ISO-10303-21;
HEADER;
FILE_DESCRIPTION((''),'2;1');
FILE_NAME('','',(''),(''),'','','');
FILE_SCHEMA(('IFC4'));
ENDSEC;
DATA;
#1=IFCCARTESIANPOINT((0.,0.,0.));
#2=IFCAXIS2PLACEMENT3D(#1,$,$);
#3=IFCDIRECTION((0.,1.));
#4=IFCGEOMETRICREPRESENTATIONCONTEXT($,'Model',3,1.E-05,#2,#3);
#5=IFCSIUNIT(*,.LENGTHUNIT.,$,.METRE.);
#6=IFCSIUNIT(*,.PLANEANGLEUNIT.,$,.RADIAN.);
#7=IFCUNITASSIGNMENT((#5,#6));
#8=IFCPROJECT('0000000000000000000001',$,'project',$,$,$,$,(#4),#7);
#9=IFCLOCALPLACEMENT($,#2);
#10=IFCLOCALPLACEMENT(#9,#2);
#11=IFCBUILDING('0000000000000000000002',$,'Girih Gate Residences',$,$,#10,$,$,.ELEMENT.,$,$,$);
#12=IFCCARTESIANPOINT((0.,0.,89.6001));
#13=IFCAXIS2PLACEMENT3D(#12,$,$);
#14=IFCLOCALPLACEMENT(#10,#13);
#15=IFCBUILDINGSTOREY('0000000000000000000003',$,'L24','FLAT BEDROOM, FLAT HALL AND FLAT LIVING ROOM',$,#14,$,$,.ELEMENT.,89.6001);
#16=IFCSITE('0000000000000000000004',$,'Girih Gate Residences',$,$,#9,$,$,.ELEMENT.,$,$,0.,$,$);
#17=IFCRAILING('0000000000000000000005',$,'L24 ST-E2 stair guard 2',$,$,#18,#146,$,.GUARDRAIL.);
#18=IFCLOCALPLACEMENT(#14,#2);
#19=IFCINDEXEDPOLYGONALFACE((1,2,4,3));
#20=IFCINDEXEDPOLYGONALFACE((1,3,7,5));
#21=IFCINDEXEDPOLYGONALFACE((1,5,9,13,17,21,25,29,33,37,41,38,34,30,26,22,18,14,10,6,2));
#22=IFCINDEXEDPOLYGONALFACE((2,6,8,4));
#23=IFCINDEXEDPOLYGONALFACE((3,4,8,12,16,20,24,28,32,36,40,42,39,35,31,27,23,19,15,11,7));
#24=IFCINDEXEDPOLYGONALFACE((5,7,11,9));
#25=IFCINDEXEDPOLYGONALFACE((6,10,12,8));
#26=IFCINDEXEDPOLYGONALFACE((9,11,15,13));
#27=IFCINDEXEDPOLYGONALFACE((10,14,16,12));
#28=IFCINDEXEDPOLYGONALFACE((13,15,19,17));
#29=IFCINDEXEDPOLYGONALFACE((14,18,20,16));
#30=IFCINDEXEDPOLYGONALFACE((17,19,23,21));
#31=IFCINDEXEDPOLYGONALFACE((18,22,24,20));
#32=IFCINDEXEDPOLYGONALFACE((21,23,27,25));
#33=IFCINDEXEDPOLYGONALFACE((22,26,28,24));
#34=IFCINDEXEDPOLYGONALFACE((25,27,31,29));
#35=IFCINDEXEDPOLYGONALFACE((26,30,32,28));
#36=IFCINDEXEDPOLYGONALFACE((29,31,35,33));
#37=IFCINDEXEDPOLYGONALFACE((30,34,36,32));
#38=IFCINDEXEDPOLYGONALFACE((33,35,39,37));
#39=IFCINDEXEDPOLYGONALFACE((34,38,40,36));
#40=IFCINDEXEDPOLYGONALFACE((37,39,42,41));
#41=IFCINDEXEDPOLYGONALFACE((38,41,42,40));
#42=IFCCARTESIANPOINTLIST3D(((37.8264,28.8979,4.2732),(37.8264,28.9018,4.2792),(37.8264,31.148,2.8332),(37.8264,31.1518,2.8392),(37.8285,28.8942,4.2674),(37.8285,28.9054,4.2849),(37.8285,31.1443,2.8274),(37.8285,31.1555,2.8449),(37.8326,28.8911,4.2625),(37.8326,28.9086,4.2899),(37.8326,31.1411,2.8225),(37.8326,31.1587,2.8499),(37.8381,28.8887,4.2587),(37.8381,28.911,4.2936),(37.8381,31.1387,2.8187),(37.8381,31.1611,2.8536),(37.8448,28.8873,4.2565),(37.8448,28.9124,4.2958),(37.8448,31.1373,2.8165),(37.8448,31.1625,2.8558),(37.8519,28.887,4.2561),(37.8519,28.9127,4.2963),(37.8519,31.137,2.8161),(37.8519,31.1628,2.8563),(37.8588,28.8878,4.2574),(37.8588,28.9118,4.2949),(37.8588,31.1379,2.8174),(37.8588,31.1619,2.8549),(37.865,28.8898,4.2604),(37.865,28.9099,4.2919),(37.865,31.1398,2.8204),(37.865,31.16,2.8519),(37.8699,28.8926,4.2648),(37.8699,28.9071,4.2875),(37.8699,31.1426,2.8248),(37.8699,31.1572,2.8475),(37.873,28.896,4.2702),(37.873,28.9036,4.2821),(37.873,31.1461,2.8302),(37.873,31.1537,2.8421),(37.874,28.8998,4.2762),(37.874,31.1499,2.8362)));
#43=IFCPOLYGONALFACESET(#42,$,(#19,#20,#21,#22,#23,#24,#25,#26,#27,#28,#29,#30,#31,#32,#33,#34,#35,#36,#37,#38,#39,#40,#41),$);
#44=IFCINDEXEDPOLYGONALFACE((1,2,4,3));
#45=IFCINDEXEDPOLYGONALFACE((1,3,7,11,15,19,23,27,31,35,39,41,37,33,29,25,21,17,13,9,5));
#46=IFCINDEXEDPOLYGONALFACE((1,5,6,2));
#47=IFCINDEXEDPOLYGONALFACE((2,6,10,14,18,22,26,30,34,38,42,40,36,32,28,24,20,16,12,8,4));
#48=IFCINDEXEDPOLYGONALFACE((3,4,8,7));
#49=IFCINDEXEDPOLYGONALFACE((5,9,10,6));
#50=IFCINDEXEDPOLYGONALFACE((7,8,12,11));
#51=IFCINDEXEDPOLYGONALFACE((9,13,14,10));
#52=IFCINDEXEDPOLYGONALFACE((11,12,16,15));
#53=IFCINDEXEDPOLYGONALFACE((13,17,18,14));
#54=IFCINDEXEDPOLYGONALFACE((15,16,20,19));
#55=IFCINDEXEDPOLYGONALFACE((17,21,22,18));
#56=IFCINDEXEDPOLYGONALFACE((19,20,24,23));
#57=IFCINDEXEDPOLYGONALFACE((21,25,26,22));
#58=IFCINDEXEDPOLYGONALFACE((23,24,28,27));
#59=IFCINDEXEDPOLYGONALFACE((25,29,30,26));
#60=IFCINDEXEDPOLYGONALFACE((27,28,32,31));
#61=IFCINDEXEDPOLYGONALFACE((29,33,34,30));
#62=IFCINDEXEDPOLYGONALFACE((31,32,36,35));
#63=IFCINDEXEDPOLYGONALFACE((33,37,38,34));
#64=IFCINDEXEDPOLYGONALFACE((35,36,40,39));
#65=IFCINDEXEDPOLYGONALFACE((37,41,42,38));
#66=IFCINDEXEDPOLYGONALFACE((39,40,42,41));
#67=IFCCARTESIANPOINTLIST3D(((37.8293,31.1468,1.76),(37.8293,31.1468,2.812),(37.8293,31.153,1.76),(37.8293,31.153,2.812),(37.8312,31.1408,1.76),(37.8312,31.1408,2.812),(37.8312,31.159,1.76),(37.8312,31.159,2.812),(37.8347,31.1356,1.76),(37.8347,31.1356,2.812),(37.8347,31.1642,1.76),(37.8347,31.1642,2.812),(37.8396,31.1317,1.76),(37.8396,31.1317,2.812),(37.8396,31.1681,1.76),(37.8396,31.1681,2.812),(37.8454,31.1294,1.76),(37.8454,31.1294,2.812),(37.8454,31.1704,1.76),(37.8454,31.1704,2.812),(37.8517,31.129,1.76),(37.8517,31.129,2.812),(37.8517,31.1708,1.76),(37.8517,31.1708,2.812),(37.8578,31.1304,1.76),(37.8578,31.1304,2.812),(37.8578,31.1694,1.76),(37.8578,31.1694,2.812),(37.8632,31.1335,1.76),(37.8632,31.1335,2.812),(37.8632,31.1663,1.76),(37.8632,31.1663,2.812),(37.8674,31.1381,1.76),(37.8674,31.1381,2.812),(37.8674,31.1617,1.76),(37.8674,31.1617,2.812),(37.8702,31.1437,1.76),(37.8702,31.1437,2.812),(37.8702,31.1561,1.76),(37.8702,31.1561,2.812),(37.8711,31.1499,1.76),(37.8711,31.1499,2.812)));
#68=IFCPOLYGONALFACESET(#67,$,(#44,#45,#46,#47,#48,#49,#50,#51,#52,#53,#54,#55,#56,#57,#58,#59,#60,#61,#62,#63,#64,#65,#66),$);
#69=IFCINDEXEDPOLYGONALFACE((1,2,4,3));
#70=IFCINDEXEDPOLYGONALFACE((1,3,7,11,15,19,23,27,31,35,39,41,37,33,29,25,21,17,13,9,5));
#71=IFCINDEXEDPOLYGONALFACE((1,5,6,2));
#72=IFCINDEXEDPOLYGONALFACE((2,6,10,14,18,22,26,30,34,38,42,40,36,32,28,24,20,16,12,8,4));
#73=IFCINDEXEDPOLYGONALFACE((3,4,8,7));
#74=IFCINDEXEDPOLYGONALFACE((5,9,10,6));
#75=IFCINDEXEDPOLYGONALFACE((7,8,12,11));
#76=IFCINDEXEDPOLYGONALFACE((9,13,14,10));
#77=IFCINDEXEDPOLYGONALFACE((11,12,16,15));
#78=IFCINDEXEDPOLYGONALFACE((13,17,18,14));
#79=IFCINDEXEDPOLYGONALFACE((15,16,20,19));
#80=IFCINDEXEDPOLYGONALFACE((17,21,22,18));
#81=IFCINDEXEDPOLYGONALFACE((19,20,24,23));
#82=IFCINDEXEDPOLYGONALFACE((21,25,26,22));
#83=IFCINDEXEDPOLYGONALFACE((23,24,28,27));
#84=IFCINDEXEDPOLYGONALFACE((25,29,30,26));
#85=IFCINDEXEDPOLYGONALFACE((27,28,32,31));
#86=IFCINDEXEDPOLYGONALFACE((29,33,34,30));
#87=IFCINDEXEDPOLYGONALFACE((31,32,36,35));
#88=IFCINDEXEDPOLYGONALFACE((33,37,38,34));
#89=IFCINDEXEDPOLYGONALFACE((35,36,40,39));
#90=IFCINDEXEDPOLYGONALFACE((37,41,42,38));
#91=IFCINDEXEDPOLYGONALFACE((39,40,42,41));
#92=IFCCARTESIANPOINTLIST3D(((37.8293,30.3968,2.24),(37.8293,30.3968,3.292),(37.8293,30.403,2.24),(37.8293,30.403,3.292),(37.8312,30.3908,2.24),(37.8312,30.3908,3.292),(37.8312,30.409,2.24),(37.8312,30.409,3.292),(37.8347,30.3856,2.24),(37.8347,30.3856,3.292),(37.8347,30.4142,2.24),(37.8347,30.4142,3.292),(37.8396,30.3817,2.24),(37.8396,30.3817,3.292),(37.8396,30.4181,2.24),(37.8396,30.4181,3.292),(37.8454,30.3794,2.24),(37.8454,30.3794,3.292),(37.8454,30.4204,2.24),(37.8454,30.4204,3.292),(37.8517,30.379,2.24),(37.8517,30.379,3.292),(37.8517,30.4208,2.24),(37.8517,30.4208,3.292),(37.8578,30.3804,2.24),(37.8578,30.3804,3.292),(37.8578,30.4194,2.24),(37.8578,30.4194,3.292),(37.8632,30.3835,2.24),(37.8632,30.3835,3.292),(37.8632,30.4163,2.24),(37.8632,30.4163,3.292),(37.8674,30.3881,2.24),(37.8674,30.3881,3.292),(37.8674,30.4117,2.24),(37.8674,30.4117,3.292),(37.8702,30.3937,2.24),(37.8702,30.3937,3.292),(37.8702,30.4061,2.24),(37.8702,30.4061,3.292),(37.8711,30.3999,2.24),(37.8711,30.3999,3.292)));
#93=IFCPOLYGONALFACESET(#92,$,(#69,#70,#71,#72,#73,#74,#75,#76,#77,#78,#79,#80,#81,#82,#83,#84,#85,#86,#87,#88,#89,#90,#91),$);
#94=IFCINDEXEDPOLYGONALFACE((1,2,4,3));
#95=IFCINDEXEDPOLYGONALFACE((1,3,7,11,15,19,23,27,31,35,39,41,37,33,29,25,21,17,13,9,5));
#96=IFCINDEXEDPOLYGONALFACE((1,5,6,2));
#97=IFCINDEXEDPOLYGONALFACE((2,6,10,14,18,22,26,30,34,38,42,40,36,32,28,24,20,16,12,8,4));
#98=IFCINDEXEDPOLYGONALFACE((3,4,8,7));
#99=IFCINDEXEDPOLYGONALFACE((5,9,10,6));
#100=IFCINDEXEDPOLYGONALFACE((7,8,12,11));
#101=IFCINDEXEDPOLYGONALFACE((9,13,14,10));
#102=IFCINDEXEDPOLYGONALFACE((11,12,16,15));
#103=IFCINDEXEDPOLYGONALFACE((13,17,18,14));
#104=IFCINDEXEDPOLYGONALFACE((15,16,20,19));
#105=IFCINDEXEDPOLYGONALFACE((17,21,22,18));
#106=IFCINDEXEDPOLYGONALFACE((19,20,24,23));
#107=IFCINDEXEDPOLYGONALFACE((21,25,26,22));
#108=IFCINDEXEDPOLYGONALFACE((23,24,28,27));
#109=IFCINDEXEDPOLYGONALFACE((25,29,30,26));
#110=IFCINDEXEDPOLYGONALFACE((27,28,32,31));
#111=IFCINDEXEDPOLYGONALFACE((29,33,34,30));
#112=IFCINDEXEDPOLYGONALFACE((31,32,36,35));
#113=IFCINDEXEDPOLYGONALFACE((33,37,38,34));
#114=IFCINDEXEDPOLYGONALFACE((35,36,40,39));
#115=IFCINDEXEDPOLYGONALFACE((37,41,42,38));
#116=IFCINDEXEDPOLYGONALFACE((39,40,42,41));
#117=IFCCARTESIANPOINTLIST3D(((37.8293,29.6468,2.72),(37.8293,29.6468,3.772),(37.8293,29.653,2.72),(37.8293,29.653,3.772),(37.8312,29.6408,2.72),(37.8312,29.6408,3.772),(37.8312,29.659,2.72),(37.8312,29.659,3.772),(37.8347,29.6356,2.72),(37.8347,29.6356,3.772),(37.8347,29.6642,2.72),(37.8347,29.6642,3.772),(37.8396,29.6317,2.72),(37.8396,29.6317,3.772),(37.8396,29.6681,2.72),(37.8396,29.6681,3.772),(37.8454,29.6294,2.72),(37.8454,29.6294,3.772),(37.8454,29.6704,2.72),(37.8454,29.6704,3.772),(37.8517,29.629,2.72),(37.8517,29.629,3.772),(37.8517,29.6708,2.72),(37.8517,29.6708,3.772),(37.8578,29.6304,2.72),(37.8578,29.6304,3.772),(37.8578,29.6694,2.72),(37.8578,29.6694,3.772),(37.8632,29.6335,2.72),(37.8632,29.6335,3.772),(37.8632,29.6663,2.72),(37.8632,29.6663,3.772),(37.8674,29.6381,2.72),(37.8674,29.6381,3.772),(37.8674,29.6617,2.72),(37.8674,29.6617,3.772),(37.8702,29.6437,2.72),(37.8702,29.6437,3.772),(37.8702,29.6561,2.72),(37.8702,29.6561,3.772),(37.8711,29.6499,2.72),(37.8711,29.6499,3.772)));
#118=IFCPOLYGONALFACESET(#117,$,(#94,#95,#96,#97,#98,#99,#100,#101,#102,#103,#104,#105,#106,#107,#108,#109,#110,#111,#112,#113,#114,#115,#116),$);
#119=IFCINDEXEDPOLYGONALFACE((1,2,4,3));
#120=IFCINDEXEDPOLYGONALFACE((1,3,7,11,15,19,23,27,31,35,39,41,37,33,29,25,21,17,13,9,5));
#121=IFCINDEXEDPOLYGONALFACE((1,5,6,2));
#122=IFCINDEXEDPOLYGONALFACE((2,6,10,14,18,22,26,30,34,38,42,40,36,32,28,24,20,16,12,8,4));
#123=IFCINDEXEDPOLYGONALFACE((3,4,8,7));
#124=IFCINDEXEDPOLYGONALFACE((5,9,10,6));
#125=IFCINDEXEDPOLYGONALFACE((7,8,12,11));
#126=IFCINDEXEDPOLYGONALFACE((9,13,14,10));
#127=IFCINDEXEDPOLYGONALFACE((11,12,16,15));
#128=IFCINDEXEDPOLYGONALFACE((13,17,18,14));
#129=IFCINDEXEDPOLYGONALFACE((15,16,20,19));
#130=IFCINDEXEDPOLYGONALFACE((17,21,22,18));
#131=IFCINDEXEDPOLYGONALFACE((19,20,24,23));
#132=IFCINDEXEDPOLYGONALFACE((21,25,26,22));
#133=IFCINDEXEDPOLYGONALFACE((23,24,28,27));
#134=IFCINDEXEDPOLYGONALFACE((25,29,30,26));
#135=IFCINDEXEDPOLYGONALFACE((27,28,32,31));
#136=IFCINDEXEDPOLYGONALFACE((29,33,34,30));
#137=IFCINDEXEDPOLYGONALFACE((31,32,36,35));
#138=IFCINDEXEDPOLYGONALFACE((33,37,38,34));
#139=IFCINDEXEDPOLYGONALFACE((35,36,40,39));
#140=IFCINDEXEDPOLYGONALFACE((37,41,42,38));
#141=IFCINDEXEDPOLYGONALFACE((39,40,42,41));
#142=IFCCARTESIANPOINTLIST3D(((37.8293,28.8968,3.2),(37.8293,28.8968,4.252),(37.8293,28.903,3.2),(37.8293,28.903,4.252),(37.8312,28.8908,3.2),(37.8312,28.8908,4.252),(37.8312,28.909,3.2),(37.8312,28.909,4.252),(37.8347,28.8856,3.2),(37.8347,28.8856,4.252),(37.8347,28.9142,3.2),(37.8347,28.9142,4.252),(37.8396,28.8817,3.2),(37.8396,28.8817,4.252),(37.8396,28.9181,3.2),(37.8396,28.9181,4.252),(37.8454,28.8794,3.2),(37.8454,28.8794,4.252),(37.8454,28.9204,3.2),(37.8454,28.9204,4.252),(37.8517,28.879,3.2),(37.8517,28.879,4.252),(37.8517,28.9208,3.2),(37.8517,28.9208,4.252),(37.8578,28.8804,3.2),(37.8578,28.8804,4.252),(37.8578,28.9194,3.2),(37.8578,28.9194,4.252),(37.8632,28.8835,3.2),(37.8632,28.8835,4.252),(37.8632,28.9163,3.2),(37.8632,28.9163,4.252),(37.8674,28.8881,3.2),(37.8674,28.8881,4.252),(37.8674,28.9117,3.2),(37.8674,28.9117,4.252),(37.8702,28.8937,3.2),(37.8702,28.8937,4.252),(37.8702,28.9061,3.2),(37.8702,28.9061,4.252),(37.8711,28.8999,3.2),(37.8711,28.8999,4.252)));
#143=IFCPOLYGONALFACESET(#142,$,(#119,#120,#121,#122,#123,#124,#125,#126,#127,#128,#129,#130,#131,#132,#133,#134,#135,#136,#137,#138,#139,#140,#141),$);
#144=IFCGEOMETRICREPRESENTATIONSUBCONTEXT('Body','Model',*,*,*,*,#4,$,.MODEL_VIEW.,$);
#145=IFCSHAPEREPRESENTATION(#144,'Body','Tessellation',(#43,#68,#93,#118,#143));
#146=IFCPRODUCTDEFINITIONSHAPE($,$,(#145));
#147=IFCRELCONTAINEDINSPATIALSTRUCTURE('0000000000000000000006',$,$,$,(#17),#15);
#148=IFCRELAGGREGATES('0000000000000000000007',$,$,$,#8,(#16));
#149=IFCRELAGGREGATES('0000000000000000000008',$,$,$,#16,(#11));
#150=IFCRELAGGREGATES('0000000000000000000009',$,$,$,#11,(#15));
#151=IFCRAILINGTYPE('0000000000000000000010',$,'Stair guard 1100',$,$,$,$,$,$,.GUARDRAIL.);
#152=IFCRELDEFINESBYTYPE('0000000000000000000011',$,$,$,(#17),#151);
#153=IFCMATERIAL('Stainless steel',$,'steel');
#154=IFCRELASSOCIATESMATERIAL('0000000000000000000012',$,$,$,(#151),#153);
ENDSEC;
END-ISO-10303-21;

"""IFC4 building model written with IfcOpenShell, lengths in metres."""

from ifc_helpers import new_model, si_unit, direction, frame, origin, origin_2d, place, context, subcontext, project, spatial, circle, extrude, material, type_object, element, save


model = new_model("IFC4")

# Units and contexts
model_context = context("Model", 3, precision=1e-05, world=origin(), true_north=direction((0.0, 1.0)))
body_context = subcontext(model_context, "Body", "Model", "MODEL_VIEW")
ifc_project = project(units=[si_unit("LENGTHUNIT", "METRE"), si_unit("PLANEANGLEUNIT", "RADIAN")], contexts=[model_context])

# Site, building, storey
site_placement = place(None, origin())
site = spatial("IfcSite", under=ifc_project, at=site_placement, Name="Girih Gate Residences", CompositionType="ELEMENT", RefElevation=0.0)
building_placement = place(site_placement, origin())
building = spatial("IfcBuilding", under=site, at=building_placement, Name="Girih Gate Residences", CompositionType="ELEMENT")
storey_placement = place(building_placement, frame((0.0, 0.0, 89.6001)))
storey = spatial("IfcBuildingStorey", under=building, at=storey_placement, Name="L24", Description="FLAT BEDROOM, FLAT HALL AND FLAT LIVING ROOM", CompositionType="ELEMENT", Elevation=89.6001)

# Shared definitions
ifc_material_1 = material(Name="Stainless steel", Category="steel")

# Railing
railing_type_1 = type_object("IfcRailingType", Name="Stair guard 1100", PredefinedType="GUARDRAIL", material=ifc_material_1)
railing_1_placement = place(storey_placement, frame((37.8501, 31.1499, 1.76)))
element("IfcRailing", 1, at=railing_1_placement, inside=storey, type_object=railing_type_1, Name="L24 ST-E2 stair guard 2", PredefinedType="GUARDRAIL", context=body_context, shape_type="SweptSolid", body=[
    extrude(circle(Radius=0.0239, at=origin_2d()), frame((0.0, 0.0, 1.0762), z_axis=(0.0, -0.842281, 0.539038), x_axis=(1.0, 0.0, 0.0)), (0.0, 0.0, 1.0), 2.6714),
    extrude(circle(Radius=0.021, at=origin_2d()), origin(), (0.0, 0.0, 1.0), 1.052),
    extrude(circle(Radius=0.021, at=origin_2d()), frame((0.0, -0.75, 0.48)), (0.0, 0.0, 1.0), 1.052),
    extrude(circle(Radius=0.021, at=origin_2d()), frame((0.0, -1.5, 0.96)), (0.0, 0.0, 1.0), 1.052),
    extrude(circle(Radius=0.021, at=origin_2d()), frame((0.0, -2.25, 1.4399)), (0.0, 0.0, 1.0), 1.052),
])

save(model, "model.ifc")
